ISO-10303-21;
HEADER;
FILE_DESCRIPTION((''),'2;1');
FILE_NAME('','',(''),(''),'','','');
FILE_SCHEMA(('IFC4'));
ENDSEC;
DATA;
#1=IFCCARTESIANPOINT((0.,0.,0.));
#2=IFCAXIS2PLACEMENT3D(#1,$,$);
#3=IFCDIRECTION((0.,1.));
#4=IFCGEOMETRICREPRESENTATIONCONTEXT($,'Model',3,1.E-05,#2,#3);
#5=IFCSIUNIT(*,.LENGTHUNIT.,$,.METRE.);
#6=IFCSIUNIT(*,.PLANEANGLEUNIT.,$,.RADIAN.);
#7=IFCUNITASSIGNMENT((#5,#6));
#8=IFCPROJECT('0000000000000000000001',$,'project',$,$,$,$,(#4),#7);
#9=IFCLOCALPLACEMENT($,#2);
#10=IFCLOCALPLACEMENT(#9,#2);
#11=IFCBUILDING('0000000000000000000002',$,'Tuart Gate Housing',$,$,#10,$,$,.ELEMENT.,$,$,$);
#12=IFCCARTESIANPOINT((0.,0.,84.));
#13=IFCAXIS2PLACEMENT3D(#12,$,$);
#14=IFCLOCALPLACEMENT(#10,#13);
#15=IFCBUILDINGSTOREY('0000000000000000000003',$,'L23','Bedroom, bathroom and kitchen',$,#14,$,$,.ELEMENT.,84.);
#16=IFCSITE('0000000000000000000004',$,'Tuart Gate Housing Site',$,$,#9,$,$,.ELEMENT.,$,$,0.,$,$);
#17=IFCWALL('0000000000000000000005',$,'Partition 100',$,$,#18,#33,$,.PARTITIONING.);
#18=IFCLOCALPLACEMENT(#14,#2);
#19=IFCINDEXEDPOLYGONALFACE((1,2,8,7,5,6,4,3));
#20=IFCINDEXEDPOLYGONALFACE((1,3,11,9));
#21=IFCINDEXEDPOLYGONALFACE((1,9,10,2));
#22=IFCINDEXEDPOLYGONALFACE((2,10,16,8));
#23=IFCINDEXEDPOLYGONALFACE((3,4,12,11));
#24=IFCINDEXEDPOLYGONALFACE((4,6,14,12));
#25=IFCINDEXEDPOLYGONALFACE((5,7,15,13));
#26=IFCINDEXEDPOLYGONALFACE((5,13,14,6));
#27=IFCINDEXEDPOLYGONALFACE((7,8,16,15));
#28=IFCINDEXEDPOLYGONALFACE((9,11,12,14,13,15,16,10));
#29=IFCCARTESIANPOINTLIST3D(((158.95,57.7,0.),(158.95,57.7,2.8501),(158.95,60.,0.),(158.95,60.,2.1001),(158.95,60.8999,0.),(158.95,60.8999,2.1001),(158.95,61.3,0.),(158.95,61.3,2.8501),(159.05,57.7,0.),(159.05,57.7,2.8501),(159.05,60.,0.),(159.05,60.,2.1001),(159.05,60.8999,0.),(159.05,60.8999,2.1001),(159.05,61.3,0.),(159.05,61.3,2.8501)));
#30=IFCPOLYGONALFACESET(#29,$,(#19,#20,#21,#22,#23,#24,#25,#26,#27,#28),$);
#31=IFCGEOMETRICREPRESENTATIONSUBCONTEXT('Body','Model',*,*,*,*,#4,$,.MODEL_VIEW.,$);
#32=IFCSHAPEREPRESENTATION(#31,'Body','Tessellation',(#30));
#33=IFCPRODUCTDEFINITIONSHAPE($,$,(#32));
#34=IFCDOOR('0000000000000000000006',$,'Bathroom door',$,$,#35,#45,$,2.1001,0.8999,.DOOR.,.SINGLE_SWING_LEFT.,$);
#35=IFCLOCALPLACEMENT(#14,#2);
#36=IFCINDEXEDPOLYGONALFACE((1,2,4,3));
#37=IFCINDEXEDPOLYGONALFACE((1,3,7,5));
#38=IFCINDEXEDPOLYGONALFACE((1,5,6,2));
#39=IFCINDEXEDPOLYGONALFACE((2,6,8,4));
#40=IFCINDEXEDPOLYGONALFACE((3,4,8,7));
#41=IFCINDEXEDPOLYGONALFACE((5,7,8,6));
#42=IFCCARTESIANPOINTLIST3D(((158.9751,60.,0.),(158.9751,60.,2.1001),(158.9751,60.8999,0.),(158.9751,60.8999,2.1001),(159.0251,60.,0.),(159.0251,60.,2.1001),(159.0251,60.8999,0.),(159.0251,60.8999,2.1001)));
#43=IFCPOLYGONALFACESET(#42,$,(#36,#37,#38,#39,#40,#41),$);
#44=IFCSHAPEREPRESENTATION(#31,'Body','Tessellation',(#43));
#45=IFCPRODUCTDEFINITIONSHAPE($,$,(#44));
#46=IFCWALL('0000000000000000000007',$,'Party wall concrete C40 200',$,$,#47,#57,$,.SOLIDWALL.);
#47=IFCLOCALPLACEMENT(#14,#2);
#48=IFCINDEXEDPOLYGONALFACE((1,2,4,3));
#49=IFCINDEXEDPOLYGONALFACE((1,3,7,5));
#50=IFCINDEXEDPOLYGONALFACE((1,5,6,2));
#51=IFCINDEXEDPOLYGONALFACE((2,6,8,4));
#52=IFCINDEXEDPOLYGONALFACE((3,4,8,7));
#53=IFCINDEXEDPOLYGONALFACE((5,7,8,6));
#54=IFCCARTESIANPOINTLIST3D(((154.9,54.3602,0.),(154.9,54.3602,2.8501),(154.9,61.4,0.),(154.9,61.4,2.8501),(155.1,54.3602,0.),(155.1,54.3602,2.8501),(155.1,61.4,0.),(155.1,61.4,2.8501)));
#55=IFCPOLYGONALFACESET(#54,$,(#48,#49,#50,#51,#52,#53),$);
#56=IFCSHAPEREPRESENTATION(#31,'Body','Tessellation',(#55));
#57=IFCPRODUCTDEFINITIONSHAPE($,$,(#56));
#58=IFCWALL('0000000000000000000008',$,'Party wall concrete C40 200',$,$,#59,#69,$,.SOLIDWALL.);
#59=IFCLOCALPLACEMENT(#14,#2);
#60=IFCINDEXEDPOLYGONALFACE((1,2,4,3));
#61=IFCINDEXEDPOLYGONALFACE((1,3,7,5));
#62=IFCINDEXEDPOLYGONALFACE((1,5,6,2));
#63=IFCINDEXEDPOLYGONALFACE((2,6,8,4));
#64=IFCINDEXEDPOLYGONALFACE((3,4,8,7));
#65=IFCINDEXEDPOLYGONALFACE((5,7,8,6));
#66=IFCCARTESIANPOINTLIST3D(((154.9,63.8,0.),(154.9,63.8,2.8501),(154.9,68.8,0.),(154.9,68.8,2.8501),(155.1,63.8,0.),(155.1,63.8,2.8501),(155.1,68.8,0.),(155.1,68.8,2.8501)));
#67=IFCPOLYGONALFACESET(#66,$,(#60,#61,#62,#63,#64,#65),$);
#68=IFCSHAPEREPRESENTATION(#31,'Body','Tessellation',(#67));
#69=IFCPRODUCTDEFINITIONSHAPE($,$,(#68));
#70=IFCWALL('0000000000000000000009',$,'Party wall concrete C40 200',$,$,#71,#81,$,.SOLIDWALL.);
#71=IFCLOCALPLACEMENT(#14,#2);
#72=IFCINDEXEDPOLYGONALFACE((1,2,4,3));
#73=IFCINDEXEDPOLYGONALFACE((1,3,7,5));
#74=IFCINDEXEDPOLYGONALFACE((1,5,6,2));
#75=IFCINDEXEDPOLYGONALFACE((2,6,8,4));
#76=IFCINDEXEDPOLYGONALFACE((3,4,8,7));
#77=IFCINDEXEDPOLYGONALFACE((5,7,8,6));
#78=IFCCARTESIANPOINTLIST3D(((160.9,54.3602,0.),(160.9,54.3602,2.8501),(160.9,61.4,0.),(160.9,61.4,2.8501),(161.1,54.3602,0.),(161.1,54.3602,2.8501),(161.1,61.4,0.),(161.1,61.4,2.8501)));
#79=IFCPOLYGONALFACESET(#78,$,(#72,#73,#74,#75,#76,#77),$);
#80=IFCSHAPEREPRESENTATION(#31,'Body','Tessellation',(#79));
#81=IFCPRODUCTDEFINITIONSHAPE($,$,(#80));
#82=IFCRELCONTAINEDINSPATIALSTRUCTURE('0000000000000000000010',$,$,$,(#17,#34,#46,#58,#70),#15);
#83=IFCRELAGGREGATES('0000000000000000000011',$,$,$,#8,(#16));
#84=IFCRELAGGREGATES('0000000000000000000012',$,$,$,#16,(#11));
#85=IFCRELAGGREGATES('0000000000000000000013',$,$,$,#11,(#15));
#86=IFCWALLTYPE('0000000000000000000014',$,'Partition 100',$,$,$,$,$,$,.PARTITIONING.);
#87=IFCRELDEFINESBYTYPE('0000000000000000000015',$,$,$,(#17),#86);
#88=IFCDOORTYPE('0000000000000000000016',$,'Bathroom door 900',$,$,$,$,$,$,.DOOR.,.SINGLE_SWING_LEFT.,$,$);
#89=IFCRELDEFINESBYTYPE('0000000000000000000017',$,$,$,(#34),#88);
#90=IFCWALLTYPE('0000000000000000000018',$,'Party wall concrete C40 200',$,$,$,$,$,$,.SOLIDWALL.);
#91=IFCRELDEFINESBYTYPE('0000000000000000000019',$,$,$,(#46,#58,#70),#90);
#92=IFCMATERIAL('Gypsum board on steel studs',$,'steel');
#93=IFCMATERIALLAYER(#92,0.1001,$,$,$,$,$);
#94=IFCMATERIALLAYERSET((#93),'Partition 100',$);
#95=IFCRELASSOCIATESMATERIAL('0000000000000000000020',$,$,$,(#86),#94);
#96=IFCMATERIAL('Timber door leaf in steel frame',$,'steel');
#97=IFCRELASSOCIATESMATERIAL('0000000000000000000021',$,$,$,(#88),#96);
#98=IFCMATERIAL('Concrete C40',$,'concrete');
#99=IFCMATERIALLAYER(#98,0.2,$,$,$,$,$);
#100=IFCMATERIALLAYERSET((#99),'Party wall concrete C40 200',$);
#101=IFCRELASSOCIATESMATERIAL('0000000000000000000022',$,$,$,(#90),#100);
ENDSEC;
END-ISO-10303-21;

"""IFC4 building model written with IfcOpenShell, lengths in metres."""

from ifc_helpers import new_model, si_unit, direction, frame, frame_2d, origin, place, context, subcontext, project, spatial, rectangle, extrude, material, layer, layer_set, type_object, element, fill, save


model = new_model("IFC4")

# Units and contexts
model_context = context("Model", 3, precision=1e-05, world=origin(), true_north=direction((0.0, 1.0)))
body_context = subcontext(model_context, "Body", "Model", "MODEL_VIEW")
ifc_project = project(units=[si_unit("LENGTHUNIT", "METRE"), si_unit("PLANEANGLEUNIT", "RADIAN")], contexts=[model_context])

# Site, building, storey
site_placement = place(None, origin())
site = spatial("IfcSite", under=ifc_project, at=site_placement, Name="Tuart Gate Housing Site", CompositionType="ELEMENT", RefElevation=0.0)
building_placement = place(site_placement, origin())
building = spatial("IfcBuilding", under=site, at=building_placement, Name="Tuart Gate Housing", CompositionType="ELEMENT")
storey_placement = place(building_placement, frame((0.0, 0.0, 84.0)))
storey = spatial("IfcBuildingStorey", under=building, at=storey_placement, Name="L23", Description="Bedroom, bathroom and kitchen", CompositionType="ELEMENT", Elevation=84.0)

# Shared definitions
ifc_material_1 = material(Name="Gypsum board on steel studs", Category="steel")
ifc_layer_1 = layer(ifc_material_1, 0.1001)
ifc_layer_set_1 = layer_set([ifc_layer_1], Name="Partition 100")
wall_type_1 = type_object("IfcWallType", Name="Partition 100", PredefinedType="PARTITIONING", material=ifc_layer_set_1)

# Wall, opening, door
wall_1_placement = place(storey_placement, frame((159.0, 57.7, 0.0), z_axis=(0.0, 0.0, 1.0), x_axis=(0.0, 1.0, 0.0)))
wall_1 = element("IfcWall", 1, at=wall_1_placement, inside=storey, type_object=wall_type_1, Name="Partition 100", PredefinedType="PARTITIONING", context=body_context, shape_type="SweptSolid", body=[
    extrude(rectangle(XDim=3.6001, YDim=0.1001, at=frame_2d((1.8, 0.0))), origin(), (0.0, 0.0, 1.0), 2.8501),
])
opening_1_placement = place(wall_1_placement, frame((2.3, 0.0, 0.0)))
opening_1 = element("IfcOpeningElement", 2, at=opening_1_placement, cuts=wall_1, PredefinedType="OPENING", context=body_context, shape_type="SweptSolid", body=[
    extrude(rectangle(XDim=0.8999, YDim=2.1001, at=frame_2d((0.45, 1.05))), frame((0.0, 0.0601, 0.0), z_axis=(0.0, -1.0, 0.0), x_axis=(1.0, 0.0, 0.0)), (0.0, 0.0, 1.0), 0.1201),
])
ifc_material_2 = material(Name="Timber door leaf in steel frame", Category="steel")
door_type_1 = type_object("IfcDoorType", Name="Bathroom door 900", OperationType="SINGLE_SWING_LEFT", PredefinedType="DOOR", material=ifc_material_2)
door_1_placement = place(opening_1_placement, frame((0.8999, 0.0, 0.0), z_axis=(0.0, 0.0, 1.0), x_axis=(-1.0, 0.0, 0.0)))
door_1 = element("IfcDoor", 3, at=door_1_placement, inside=storey, type_object=door_type_1, Name="Bathroom door", OperationType="SINGLE_SWING_LEFT", OverallHeight=2.1001, OverallWidth=0.8999, PredefinedType="DOOR", context=body_context, shape_type="SweptSolid", body=[
    extrude(rectangle(XDim=0.8999, YDim=2.1001, at=frame_2d((0.45, 1.05))), frame((0.0, 0.0251, 0.0), z_axis=(0.0, -1.0, 0.0), x_axis=(1.0, 0.0, 0.0)), (0.0, 0.0, 1.0), 0.05),
])
fill(opening_1, door_1)

# Walls
ifc_material_3 = material(Name="Concrete C40", Category="concrete")
ifc_layer_2 = layer(ifc_material_3, 0.2)
ifc_layer_set_2 = layer_set([ifc_layer_2], Name="Party wall concrete C40 200")
wall_type_2 = type_object("IfcWallType", Name="Party wall concrete C40 200", PredefinedType="SOLIDWALL", material=ifc_layer_set_2)
wall_2_placement = place(storey_placement, frame((155.0, 54.3601, 0.0), z_axis=(0.0, 0.0, 1.0), x_axis=(0.0, 1.0, 0.0)))
element("IfcWall", 4, at=wall_2_placement, inside=storey, type_object=wall_type_2, Name="Party wall concrete C40 200", PredefinedType="SOLIDWALL", context=body_context, shape_type="SweptSolid", body=[
    extrude(rectangle(XDim=7.0398, YDim=0.2, at=frame_2d((3.52, 0.0))), origin(), (0.0, 0.0, 1.0), 2.8501),
])
wall_3_placement = place(storey_placement, frame((155.0, 63.8, 0.0), z_axis=(0.0, 0.0, 1.0), x_axis=(0.0, 1.0, 0.0)))
element("IfcWall", 5, at=wall_3_placement, inside=storey, type_object=wall_type_2, Name="Party wall concrete C40 200", PredefinedType="SOLIDWALL", context=body_context, shape_type="SweptSolid", body=[
    extrude(rectangle(XDim=5.0, YDim=0.2, at=frame_2d((2.5, 0.0))), origin(), (0.0, 0.0, 1.0), 2.8501),
])
wall_4_placement = place(storey_placement, frame((161.0, 54.3601, 0.0), z_axis=(0.0, 0.0, 1.0), x_axis=(0.0, 1.0, 0.0)))
element("IfcWall", 6, at=wall_4_placement, inside=storey, type_object=wall_type_2, Name="Party wall concrete C40 200", PredefinedType="SOLIDWALL", context=body_context, shape_type="SweptSolid", body=[
    extrude(rectangle(XDim=7.0398, YDim=0.2, at=frame_2d((3.52, 0.0))), origin(), (0.0, 0.0, 1.0), 2.8501),
])

save(model, "model.ifc")
